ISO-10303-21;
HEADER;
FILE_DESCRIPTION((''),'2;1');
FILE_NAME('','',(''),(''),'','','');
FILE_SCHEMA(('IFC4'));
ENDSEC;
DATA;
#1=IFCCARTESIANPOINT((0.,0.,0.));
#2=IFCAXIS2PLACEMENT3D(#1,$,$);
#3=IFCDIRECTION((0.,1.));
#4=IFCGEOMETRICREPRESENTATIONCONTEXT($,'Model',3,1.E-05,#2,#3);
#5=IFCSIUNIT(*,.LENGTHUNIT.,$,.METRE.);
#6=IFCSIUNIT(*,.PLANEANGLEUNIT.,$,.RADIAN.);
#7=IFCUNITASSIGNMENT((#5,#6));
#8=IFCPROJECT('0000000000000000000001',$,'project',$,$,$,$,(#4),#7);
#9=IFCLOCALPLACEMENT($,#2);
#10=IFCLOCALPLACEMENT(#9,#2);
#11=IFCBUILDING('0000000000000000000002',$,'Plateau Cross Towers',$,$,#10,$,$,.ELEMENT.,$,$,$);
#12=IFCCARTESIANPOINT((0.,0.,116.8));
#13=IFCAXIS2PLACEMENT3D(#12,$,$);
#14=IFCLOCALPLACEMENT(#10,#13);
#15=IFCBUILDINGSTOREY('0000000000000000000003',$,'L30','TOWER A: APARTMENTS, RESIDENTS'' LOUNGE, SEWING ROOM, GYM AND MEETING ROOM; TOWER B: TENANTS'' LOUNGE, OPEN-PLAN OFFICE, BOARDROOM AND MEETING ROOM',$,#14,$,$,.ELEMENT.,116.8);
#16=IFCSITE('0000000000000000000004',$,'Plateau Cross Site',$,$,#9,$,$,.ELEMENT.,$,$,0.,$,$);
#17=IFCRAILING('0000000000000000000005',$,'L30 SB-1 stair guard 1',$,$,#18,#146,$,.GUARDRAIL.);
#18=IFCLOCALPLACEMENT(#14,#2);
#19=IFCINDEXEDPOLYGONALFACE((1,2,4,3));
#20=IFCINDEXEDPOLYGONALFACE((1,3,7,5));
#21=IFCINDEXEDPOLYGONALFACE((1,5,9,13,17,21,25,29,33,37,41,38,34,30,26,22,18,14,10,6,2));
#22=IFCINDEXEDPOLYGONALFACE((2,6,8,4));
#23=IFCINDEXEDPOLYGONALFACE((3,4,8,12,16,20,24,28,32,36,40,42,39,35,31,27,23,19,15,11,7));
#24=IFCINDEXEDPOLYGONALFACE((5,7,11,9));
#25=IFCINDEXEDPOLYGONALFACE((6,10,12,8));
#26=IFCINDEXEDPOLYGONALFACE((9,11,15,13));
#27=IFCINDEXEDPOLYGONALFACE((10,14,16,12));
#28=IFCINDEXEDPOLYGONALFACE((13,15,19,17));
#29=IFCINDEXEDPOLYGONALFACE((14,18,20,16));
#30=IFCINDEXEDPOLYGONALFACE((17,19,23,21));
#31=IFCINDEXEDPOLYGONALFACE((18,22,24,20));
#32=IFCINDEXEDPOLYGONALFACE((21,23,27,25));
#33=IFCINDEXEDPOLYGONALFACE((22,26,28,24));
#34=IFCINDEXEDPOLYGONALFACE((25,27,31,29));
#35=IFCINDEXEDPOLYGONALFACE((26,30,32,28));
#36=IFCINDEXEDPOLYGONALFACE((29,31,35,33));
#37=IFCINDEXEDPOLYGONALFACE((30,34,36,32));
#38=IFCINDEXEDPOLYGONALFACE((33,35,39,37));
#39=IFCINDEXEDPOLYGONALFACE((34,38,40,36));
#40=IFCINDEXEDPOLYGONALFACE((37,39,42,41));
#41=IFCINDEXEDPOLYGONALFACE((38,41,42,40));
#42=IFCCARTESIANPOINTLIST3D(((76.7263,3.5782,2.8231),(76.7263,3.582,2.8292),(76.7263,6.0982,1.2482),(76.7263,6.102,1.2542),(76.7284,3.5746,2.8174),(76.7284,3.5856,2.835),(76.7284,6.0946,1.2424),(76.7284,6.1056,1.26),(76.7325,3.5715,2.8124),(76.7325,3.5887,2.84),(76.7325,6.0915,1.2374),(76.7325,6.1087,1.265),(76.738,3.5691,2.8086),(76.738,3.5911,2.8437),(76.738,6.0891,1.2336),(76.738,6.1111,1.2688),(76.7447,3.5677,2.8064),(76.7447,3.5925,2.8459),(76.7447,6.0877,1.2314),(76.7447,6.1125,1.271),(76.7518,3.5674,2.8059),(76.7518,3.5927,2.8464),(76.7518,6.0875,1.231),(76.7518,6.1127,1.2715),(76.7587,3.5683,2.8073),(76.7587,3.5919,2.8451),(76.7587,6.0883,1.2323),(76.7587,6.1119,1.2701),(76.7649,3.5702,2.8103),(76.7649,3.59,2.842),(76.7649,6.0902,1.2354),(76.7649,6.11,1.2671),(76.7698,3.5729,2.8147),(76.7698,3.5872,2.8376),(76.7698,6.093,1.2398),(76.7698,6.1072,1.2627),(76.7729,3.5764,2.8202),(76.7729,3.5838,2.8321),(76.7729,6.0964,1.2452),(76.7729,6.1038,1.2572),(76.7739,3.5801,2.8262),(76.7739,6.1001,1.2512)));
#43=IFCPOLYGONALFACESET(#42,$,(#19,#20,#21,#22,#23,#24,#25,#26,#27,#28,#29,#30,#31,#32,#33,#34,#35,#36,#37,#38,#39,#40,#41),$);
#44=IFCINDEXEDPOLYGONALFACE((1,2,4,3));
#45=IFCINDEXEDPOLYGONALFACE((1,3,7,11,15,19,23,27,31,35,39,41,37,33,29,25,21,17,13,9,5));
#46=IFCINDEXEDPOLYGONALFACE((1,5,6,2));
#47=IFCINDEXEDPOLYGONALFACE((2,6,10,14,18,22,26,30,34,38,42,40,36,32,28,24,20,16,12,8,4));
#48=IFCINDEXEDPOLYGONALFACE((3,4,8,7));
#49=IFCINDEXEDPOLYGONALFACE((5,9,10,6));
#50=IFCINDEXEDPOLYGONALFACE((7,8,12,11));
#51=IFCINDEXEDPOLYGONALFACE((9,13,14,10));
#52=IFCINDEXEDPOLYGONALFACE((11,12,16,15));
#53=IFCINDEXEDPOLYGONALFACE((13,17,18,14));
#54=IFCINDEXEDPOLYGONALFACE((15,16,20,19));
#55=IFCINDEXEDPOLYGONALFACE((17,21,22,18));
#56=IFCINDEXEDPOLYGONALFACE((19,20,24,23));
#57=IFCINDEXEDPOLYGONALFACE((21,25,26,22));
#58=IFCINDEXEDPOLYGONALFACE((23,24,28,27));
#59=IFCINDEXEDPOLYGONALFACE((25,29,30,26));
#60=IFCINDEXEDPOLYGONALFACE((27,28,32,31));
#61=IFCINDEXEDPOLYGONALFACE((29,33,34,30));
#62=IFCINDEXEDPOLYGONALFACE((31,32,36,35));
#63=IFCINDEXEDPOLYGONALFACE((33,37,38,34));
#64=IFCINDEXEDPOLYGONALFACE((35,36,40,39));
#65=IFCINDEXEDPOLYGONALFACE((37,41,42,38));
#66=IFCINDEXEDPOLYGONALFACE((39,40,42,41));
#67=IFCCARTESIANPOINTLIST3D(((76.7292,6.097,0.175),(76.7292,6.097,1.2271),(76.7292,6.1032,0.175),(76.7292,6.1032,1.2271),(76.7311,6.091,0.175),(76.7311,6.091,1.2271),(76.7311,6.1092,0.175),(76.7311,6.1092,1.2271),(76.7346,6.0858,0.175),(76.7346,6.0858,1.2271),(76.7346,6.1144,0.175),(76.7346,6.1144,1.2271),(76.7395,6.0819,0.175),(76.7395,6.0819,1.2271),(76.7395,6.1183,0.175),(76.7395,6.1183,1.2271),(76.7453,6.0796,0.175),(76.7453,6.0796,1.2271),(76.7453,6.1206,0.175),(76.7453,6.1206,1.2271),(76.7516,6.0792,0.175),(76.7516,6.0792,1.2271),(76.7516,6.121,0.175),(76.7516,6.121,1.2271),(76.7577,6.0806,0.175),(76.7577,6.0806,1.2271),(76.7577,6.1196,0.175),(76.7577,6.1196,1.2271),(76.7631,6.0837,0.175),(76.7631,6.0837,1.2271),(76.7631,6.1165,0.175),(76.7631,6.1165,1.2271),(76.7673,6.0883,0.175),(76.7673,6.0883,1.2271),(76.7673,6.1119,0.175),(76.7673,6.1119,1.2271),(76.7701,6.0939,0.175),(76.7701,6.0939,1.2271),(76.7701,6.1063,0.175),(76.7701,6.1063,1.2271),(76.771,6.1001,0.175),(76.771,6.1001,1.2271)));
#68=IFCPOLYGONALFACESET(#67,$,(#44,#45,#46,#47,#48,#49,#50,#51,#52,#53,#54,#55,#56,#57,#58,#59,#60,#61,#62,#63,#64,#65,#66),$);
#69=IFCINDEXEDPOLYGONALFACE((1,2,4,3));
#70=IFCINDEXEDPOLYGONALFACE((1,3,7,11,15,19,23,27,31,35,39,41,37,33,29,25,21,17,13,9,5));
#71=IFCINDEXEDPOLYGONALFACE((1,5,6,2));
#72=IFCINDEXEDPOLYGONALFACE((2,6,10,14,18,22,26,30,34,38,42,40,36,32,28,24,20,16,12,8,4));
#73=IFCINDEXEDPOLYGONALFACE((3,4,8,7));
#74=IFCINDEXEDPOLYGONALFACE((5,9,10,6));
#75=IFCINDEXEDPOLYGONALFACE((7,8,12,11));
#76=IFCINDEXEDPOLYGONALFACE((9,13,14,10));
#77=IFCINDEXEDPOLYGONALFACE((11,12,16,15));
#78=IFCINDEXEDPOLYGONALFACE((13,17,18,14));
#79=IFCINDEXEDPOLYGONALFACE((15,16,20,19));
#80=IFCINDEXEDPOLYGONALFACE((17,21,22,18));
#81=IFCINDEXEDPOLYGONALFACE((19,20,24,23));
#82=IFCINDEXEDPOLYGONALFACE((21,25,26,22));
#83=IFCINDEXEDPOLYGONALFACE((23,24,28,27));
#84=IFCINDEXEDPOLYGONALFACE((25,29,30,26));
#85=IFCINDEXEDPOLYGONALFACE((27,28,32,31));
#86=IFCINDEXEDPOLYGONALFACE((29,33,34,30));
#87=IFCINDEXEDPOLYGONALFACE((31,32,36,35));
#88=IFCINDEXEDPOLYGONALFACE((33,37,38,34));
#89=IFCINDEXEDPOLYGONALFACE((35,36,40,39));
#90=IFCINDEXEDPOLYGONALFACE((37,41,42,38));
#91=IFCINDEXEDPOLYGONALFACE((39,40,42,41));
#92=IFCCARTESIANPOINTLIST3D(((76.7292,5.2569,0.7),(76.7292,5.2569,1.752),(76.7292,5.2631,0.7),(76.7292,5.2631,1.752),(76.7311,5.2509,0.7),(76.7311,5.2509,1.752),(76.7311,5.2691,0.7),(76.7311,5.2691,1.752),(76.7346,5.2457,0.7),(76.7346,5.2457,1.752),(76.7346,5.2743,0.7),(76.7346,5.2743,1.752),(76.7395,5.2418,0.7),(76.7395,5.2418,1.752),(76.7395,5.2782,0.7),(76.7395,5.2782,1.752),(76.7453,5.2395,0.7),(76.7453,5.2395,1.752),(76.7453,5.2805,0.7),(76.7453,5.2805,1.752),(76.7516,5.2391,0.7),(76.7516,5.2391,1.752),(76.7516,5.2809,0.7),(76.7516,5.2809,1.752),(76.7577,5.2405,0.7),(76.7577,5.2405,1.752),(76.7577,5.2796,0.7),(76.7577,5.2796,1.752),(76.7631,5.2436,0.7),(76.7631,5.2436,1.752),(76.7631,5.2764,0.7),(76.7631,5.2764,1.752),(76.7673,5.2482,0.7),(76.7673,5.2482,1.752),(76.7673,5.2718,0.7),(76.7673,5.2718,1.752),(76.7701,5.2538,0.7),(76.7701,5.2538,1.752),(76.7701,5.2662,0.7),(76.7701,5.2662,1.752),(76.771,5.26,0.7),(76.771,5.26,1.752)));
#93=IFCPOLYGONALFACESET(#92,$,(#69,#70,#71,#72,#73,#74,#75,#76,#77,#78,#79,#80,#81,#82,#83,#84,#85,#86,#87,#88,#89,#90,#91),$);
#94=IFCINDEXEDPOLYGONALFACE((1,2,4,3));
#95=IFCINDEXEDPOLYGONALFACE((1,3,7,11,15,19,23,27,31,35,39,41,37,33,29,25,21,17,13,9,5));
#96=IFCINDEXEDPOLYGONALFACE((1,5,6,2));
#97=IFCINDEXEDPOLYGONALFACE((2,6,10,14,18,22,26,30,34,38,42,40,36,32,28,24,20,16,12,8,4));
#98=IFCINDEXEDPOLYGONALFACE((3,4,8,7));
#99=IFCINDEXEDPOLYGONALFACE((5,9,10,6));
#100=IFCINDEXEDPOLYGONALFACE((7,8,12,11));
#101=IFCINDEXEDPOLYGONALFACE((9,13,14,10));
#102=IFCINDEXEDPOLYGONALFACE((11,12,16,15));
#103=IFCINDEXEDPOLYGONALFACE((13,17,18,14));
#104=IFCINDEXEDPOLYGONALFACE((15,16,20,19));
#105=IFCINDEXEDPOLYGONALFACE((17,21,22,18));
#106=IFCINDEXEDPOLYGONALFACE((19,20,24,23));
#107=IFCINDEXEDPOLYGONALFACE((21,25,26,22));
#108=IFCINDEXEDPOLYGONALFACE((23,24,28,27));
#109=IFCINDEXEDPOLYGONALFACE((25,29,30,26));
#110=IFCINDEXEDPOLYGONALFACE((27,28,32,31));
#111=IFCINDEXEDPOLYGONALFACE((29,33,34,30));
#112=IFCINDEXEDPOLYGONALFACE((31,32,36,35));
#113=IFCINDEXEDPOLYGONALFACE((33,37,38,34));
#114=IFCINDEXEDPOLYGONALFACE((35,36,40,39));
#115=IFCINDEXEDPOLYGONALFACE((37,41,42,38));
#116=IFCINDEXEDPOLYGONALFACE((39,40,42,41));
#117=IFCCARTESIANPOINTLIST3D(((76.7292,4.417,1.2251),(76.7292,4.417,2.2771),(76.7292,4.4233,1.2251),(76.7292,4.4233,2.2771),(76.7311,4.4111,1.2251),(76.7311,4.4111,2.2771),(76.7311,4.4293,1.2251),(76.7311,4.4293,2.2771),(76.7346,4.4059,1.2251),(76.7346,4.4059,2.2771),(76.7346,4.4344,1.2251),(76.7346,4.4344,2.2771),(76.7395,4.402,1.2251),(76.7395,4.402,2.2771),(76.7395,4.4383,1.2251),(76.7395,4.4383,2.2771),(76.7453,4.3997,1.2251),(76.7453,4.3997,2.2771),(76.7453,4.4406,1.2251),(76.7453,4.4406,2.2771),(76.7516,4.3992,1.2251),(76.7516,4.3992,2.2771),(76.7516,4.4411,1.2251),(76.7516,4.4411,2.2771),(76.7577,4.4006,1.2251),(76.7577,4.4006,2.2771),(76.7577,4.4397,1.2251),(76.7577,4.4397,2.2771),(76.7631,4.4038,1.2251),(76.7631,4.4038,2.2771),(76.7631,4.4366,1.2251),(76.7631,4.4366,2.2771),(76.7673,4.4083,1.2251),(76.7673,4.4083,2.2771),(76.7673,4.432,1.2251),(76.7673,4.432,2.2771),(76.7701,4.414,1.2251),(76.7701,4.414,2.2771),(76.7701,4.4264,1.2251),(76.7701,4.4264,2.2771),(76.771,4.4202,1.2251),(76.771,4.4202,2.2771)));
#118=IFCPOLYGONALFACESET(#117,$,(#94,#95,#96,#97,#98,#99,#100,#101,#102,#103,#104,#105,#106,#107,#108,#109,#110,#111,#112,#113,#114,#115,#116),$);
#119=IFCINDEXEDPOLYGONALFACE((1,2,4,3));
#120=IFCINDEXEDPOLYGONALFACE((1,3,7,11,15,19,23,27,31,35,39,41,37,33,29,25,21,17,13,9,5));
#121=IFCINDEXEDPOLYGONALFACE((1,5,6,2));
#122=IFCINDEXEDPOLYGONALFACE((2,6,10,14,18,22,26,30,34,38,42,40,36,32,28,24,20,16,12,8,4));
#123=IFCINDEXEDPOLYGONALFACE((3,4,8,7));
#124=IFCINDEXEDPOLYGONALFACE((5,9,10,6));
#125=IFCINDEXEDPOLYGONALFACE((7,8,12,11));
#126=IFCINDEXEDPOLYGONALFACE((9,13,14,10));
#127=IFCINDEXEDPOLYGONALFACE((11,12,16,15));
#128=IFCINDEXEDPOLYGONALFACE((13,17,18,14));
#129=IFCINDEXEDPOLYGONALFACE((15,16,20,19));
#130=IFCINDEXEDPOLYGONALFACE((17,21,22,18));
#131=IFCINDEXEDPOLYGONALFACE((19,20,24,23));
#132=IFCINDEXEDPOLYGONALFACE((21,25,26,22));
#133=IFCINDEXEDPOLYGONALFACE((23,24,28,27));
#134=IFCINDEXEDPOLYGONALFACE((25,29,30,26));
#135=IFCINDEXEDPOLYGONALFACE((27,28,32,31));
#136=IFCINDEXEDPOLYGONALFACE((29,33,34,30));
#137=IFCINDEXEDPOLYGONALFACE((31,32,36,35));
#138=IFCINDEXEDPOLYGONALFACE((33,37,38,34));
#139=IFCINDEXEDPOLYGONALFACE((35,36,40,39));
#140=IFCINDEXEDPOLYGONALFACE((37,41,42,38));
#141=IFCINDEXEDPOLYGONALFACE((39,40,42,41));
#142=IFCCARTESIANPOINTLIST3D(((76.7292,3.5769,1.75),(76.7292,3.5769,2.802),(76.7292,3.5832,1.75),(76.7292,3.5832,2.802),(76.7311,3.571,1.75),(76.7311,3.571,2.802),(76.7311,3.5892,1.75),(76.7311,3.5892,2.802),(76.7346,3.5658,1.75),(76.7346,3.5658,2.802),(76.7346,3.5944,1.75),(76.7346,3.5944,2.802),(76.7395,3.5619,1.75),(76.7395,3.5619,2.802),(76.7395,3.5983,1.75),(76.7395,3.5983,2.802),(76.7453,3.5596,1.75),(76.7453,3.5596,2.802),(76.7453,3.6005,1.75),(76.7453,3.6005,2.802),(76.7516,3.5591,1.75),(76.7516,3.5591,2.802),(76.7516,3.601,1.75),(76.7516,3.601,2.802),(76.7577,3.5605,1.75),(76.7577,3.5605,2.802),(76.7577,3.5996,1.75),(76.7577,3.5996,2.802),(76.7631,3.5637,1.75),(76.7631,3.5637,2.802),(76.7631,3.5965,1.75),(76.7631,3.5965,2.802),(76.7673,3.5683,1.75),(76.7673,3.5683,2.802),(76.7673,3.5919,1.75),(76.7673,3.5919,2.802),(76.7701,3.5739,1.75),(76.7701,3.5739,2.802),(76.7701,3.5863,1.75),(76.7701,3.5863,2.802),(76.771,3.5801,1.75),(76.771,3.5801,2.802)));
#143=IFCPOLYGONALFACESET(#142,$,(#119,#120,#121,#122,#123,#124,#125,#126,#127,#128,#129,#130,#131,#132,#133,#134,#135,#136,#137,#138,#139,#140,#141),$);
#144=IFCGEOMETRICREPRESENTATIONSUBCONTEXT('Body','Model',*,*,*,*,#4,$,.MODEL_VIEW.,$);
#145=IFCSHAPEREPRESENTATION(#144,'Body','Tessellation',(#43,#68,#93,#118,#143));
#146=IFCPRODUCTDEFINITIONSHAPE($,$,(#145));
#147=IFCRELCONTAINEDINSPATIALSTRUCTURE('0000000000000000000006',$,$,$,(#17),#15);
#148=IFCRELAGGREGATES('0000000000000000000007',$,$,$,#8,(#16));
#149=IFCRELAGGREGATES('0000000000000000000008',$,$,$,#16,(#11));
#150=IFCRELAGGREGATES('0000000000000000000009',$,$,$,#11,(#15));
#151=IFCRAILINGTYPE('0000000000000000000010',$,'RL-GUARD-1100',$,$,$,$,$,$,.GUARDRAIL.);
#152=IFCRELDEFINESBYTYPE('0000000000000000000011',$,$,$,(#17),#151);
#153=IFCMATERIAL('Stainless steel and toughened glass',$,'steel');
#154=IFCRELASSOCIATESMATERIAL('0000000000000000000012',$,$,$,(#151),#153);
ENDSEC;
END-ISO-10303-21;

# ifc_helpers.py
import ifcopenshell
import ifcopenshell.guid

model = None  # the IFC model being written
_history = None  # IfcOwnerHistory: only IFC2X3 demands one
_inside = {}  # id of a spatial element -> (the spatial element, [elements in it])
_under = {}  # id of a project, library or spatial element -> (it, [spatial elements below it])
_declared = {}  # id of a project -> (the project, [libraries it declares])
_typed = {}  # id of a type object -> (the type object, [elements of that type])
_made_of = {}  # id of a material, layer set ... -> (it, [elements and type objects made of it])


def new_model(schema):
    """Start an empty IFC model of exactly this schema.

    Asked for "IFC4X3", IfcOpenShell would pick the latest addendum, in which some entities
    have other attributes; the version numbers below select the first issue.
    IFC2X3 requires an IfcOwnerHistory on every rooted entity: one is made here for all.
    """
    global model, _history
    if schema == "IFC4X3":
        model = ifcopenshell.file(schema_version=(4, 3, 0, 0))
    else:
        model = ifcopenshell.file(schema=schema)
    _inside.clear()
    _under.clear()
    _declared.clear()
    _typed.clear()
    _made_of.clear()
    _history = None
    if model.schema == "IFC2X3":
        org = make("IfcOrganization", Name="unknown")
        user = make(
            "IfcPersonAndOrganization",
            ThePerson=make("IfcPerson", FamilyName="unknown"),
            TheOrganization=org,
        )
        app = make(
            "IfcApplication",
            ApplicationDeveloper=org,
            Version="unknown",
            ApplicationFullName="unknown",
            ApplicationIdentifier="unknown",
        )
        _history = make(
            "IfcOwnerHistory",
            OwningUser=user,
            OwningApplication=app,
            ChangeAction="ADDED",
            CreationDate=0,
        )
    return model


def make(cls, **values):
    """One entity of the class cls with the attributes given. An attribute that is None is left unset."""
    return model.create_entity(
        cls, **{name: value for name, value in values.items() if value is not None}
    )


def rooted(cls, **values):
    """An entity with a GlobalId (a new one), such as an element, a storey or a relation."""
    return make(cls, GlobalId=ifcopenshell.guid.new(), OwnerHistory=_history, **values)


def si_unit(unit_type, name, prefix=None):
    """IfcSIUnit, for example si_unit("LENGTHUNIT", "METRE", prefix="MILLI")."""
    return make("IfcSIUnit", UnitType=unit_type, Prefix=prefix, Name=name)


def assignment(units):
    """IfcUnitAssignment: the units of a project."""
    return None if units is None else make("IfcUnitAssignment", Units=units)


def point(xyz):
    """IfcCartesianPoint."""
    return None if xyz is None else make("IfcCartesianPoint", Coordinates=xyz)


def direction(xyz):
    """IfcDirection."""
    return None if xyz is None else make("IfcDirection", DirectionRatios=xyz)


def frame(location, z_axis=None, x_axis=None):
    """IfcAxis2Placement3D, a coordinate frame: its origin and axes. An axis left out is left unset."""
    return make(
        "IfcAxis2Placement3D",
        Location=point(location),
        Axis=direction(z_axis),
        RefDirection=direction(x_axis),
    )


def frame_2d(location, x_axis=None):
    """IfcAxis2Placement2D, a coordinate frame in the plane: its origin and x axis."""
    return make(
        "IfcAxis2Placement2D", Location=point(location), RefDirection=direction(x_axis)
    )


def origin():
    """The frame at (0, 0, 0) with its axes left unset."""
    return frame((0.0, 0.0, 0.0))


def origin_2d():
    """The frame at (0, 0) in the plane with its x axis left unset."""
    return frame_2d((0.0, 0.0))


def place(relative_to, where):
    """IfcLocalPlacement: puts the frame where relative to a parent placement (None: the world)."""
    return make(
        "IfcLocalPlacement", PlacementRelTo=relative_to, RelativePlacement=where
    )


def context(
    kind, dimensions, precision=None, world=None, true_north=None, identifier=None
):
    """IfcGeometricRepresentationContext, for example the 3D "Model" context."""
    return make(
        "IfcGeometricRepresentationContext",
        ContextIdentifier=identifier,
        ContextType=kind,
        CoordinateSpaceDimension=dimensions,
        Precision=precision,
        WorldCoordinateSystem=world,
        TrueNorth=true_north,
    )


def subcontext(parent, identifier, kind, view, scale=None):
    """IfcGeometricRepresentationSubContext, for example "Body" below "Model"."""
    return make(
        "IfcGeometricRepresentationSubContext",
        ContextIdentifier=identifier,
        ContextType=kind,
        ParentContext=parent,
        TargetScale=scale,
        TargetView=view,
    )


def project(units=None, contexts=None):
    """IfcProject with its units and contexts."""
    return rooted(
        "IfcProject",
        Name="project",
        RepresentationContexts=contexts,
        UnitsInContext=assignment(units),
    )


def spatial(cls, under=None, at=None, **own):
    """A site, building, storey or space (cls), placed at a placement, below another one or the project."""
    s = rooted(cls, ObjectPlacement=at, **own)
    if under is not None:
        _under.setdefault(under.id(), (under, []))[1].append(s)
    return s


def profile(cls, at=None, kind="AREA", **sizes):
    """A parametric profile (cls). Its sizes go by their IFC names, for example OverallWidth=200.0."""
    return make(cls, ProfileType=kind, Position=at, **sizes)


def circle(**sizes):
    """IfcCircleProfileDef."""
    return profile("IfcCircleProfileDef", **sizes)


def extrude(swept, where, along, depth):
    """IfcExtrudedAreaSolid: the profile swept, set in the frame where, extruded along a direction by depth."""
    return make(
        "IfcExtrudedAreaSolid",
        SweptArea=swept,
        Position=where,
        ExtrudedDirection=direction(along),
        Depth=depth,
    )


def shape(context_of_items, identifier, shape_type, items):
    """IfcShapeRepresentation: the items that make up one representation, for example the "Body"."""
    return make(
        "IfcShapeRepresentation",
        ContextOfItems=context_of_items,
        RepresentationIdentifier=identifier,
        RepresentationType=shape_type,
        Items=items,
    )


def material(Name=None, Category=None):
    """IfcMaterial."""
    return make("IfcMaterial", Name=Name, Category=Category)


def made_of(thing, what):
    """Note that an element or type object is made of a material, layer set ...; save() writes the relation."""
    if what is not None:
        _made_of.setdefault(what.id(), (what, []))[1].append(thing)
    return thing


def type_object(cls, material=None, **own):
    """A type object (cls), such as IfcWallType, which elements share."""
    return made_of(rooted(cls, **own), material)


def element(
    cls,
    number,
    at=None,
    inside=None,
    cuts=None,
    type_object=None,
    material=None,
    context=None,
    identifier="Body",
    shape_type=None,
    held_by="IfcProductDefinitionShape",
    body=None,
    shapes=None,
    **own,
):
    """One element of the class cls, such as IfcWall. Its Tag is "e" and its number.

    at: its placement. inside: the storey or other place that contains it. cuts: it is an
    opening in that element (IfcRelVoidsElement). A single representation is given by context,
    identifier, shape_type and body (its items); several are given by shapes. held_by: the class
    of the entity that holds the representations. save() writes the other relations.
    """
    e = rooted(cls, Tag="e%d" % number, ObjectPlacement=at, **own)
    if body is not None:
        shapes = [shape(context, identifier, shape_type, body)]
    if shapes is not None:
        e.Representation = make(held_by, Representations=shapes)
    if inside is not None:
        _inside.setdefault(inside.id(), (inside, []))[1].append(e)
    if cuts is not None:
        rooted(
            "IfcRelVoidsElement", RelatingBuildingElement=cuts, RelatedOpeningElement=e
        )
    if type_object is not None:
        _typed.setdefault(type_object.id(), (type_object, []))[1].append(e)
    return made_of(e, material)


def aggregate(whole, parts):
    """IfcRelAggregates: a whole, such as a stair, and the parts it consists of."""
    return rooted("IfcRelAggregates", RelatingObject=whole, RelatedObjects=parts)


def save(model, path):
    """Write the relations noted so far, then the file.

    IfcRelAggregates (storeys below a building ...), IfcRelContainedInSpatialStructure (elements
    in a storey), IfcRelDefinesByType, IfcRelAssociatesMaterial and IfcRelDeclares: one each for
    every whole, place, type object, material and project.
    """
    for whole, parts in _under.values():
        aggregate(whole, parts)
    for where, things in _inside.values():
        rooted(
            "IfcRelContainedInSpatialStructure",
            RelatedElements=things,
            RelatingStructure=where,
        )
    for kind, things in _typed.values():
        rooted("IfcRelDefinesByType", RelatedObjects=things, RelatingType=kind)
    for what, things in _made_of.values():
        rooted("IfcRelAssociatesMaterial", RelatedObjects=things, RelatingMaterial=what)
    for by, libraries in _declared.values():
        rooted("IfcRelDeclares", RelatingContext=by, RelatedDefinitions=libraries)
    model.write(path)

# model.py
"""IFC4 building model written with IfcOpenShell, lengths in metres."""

from ifc_helpers import new_model, si_unit, direction, frame, origin, origin_2d, place, context, subcontext, project, spatial, circle, extrude, material, type_object, element, save


model = new_model("IFC4")

# Units and contexts
model_context = context("Model", 3, precision=1e-05, world=origin(), true_north=direction((0.0, 1.0)))
body_context = subcontext(model_context, "Body", "Model", "MODEL_VIEW")
ifc_project = project(units=[si_unit("LENGTHUNIT", "METRE"), si_unit("PLANEANGLEUNIT", "RADIAN")], contexts=[model_context])

# Site, building, storey
site_placement = place(None, origin())
site = spatial("IfcSite", under=ifc_project, at=site_placement, Name="Plateau Cross Site", CompositionType="ELEMENT", RefElevation=0.0)
building_placement = place(site_placement, origin())
building = spatial("IfcBuilding", under=site, at=building_placement, Name="Plateau Cross Towers", CompositionType="ELEMENT")
storey_placement = place(building_placement, frame((0.0, 0.0, 116.8)))
storey = spatial("IfcBuildingStorey", under=building, at=storey_placement, Name="L30", Description="TOWER A: APARTMENTS, RESIDENTS' LOUNGE, SEWING ROOM, GYM AND MEETING ROOM; TOWER B: TENANTS' LOUNGE, OPEN-PLAN OFFICE, BOARDROOM AND MEETING ROOM", CompositionType="ELEMENT", Elevation=116.8)

# Railing
ifc_material_1 = material(Name="Stainless steel and toughened glass", Category="steel")
railing_type_1 = type_object("IfcRailingType", Name="RL-GUARD-1100", PredefinedType="GUARDRAIL", material=ifc_material_1)
railing_1_placement = place(storey_placement, frame((76.75, 6.1001, 0.175)))
element("IfcRailing", 1, at=railing_1_placement, inside=storey, type_object=railing_type_1, Name="L30 SB-1 stair guard 1", PredefinedType="GUARDRAIL", context=body_context, shape_type="SweptSolid", body=[
    extrude(circle(Radius=0.0239, at=origin_2d()), frame((0.0, 0.0, 1.0762), z_axis=(0.0, -0.848008, 0.529984), x_axis=(1.0, 0.0, 0.0)), (0.0, 0.0, 1.0), 2.9717),
    extrude(circle(Radius=0.021, at=origin_2d()), origin(), (0.0, 0.0, 1.0), 1.052),
    extrude(circle(Radius=0.021, at=origin_2d()), frame((0.0, -0.8401, 0.5249)), (0.0, 0.0, 1.0), 1.052),
    extrude(circle(Radius=0.021, at=origin_2d()), frame((0.0, -1.6799, 1.05)), (0.0, 0.0, 1.0), 1.052),
    extrude(circle(Radius=0.021, at=origin_2d()), frame((0.0, -2.52, 1.575)), (0.0, 0.0, 1.0), 1.052),
])

save(model, "model.ifc")
